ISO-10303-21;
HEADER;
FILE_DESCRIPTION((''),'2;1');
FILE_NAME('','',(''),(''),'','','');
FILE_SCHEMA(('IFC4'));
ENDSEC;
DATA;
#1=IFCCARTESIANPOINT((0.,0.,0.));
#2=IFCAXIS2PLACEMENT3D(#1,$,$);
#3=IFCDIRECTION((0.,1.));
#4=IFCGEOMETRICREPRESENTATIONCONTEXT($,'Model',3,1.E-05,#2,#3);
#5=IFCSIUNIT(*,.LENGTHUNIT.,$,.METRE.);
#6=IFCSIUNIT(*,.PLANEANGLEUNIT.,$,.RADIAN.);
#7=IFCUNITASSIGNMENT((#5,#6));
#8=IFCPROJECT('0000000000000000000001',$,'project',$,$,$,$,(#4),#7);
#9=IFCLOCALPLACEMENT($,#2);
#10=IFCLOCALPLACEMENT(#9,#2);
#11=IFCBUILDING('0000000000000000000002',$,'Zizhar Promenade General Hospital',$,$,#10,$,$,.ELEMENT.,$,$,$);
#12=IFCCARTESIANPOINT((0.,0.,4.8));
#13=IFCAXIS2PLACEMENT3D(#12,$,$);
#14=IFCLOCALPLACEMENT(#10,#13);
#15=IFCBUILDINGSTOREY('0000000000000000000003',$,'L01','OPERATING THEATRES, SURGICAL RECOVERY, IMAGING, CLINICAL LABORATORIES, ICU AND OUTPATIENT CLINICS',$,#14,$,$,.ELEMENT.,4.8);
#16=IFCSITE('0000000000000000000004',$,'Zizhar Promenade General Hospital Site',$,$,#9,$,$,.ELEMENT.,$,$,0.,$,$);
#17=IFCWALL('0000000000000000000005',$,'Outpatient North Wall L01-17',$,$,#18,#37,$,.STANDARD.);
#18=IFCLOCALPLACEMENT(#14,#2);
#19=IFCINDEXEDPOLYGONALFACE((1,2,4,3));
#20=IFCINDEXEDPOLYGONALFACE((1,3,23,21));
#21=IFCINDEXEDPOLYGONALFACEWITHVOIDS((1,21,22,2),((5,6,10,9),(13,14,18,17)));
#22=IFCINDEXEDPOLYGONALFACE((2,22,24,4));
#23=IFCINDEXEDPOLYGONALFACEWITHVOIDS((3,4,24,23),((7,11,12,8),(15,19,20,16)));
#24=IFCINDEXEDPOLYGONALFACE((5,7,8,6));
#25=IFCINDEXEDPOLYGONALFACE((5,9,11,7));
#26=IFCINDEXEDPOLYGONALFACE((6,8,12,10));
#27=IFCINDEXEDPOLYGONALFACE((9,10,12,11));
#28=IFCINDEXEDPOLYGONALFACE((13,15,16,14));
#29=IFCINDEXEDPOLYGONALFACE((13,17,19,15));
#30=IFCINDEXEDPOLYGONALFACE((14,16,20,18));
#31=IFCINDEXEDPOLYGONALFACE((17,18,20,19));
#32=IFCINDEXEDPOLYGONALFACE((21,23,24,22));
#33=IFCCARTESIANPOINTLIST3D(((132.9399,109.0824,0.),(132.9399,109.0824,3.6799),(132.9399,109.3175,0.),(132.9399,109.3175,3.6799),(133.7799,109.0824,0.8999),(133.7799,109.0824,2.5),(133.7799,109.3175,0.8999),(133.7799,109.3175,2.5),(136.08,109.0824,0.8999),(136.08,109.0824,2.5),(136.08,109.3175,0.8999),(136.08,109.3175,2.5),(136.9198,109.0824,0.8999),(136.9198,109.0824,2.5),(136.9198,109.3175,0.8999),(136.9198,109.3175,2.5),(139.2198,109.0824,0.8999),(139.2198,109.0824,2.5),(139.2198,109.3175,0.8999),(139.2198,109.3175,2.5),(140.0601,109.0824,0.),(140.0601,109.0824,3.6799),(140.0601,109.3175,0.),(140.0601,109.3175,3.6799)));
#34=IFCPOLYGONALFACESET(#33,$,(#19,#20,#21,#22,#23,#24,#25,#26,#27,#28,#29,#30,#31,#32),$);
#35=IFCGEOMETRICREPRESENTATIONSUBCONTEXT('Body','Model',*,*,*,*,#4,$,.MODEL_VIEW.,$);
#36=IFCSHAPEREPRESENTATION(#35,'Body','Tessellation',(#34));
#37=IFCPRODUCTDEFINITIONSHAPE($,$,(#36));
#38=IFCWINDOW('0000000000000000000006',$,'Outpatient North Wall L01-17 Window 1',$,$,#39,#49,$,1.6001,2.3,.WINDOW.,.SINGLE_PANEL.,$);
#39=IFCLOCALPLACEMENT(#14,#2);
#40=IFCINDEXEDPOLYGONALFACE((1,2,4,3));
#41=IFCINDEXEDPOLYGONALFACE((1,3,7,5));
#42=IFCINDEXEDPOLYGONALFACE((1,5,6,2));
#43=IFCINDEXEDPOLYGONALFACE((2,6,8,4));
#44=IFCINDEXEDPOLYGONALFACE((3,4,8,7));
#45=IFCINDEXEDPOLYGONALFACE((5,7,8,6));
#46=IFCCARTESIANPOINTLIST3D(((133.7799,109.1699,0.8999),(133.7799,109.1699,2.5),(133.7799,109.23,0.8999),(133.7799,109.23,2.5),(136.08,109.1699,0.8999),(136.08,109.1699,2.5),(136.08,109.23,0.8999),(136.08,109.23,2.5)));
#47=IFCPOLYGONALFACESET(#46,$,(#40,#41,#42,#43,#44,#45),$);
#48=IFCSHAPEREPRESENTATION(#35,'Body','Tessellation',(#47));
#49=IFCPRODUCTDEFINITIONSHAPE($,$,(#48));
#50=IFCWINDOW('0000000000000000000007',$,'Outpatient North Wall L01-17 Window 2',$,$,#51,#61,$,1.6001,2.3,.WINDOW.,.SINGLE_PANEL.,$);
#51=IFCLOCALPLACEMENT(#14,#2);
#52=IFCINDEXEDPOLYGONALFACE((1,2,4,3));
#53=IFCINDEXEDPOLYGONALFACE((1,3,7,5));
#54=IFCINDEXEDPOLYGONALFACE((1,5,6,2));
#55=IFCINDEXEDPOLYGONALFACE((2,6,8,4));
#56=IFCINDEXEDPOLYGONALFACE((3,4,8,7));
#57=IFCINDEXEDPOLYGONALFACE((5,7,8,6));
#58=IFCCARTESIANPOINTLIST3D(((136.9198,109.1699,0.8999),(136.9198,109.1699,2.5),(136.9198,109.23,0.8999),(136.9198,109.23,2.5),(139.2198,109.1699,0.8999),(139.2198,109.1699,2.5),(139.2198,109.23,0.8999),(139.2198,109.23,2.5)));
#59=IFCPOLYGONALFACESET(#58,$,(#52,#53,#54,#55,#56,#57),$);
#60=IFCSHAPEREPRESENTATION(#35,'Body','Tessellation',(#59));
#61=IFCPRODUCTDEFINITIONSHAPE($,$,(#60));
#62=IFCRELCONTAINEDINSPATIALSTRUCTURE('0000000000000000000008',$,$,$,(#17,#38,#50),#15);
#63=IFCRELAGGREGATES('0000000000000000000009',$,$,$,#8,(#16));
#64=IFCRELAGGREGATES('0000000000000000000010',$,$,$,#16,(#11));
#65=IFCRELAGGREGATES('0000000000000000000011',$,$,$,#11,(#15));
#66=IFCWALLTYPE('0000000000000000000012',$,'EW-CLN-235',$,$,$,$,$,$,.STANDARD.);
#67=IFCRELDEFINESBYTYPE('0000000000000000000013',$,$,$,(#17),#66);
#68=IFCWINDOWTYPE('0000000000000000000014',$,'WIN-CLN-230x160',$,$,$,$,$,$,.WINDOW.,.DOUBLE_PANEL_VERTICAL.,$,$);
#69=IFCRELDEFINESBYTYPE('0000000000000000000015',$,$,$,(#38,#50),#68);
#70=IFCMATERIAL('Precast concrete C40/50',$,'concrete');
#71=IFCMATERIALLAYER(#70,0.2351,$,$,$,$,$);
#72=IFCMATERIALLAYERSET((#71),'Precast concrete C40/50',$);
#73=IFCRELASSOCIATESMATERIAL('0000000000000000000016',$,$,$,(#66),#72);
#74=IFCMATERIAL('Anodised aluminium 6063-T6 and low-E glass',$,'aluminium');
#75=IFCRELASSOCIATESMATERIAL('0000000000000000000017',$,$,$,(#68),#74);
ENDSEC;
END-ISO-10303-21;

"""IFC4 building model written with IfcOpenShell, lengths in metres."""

from ifc_helpers import new_model, si_unit, direction, frame, frame_2d, origin, place, context, subcontext, project, spatial, rectangle, extrude, material, layer, layer_set, type_object, element, fill, save


model = new_model("IFC4")

# Units and contexts
model_context = context("Model", 3, precision=1e-05, world=origin(), true_north=direction((0.0, 1.0)))
body_context = subcontext(model_context, "Body", "Model", "MODEL_VIEW")
ifc_project = project(units=[si_unit("LENGTHUNIT", "METRE"), si_unit("PLANEANGLEUNIT", "RADIAN")], contexts=[model_context])

# Site, building, storey
site_placement = place(None, origin())
site = spatial("IfcSite", under=ifc_project, at=site_placement, Name="Zizhar Promenade General Hospital Site", CompositionType="ELEMENT", RefElevation=0.0)
building_placement = place(site_placement, origin())
building = spatial("IfcBuilding", under=site, at=building_placement, Name="Zizhar Promenade General Hospital", CompositionType="ELEMENT")
storey_placement = place(building_placement, frame((0.0, 0.0, 4.8)))
storey = spatial("IfcBuildingStorey", under=building, at=storey_placement, Name="L01", Description="OPERATING THEATRES, SURGICAL RECOVERY, IMAGING, CLINICAL LABORATORIES, ICU AND OUTPATIENT CLINICS", CompositionType="ELEMENT", Elevation=4.8)

# Wall, openings, windows
ifc_material_1 = material(Name="Precast concrete C40/50", Category="concrete")
ifc_layer_1 = layer(ifc_material_1, 0.2351)
ifc_layer_set_1 = layer_set([ifc_layer_1], Name="Precast concrete C40/50")
wall_type = type_object("IfcWallType", Name="EW-CLN-235", PredefinedType="STANDARD", material=ifc_layer_set_1)
wall_placement = place(storey_placement, frame((132.9399, 109.2, 0.0), z_axis=(0.0, 0.0, 1.0), x_axis=(1.0, 0.0, 0.0)))
wall = element("IfcWall", 1, at=wall_placement, inside=storey, type_object=wall_type, Name="Outpatient North Wall L01-17", PredefinedType="STANDARD", context=body_context, shape_type="SweptSolid", body=[
    extrude(rectangle(XDim=7.1201, YDim=0.2351, at=frame_2d((3.5601, 0.0))), origin(), (0.0, 0.0, 1.0), 3.6799),
])
opening_1_placement = place(wall_placement, frame((0.8401, 0.0, 0.8999)))
opening_1 = element("IfcOpeningElement", 2, at=opening_1_placement, cuts=wall, PredefinedType="OPENING", context=body_context, shape_type="SweptSolid", body=[
    extrude(rectangle(XDim=2.3, YDim=1.6001, at=frame_2d((1.1499, 0.8))), frame((0.0, 0.1274, 0.0), z_axis=(0.0, -1.0, 0.0), x_axis=(1.0, 0.0, 0.0)), (0.0, 0.0, 1.0), 0.2551),
])
opening_2_placement = place(wall_placement, frame((3.98, 0.0, 0.8999)))
opening_2 = element("IfcOpeningElement", 3, at=opening_2_placement, cuts=wall, PredefinedType="OPENING", context=body_context, shape_type="SweptSolid", body=[
    extrude(rectangle(XDim=2.3, YDim=1.6001, at=frame_2d((1.1499, 0.8))), frame((0.0, 0.1274, 0.0), z_axis=(0.0, -1.0, 0.0), x_axis=(1.0, 0.0, 0.0)), (0.0, 0.0, 1.0), 0.2551),
])
ifc_material_2 = material(Name="Anodised aluminium 6063-T6 and low-E glass", Category="aluminium")
window_type = type_object("IfcWindowType", Name="WIN-CLN-230x160", PartitioningType="DOUBLE_PANEL_VERTICAL", PredefinedType="WINDOW", material=ifc_material_2)
window_1_placement = place(opening_1_placement, origin())
window_1 = element("IfcWindow", 4, at=window_1_placement, inside=storey, type_object=window_type, Name="Outpatient North Wall L01-17 Window 1", OverallHeight=1.6001, OverallWidth=2.3, PartitioningType="SINGLE_PANEL", PredefinedType="WINDOW", context=body_context, shape_type="SweptSolid", body=[
    extrude(rectangle(XDim=2.3, YDim=1.6001, at=frame_2d((1.1499, 0.8))), frame((0.0, 0.03, 0.0), z_axis=(0.0, -1.0, 0.0), x_axis=(1.0, 0.0, 0.0)), (0.0, 0.0, 1.0), 0.0601),
])
fill(opening_1, window_1)
window_2_placement = place(opening_2_placement, origin())
window_2 = element("IfcWindow", 5, at=window_2_placement, inside=storey, type_object=window_type, Name="Outpatient North Wall L01-17 Window 2", OverallHeight=1.6001, OverallWidth=2.3, PartitioningType="SINGLE_PANEL", PredefinedType="WINDOW", context=body_context, shape_type="SweptSolid", body=[
    extrude(rectangle(XDim=2.3, YDim=1.6001, at=frame_2d((1.1499, 0.8))), frame((0.0, 0.03, 0.0), z_axis=(0.0, -1.0, 0.0), x_axis=(1.0, 0.0, 0.0)), (0.0, 0.0, 1.0), 0.0601),
])
fill(opening_2, window_2)

save(model, "model.ifc")
